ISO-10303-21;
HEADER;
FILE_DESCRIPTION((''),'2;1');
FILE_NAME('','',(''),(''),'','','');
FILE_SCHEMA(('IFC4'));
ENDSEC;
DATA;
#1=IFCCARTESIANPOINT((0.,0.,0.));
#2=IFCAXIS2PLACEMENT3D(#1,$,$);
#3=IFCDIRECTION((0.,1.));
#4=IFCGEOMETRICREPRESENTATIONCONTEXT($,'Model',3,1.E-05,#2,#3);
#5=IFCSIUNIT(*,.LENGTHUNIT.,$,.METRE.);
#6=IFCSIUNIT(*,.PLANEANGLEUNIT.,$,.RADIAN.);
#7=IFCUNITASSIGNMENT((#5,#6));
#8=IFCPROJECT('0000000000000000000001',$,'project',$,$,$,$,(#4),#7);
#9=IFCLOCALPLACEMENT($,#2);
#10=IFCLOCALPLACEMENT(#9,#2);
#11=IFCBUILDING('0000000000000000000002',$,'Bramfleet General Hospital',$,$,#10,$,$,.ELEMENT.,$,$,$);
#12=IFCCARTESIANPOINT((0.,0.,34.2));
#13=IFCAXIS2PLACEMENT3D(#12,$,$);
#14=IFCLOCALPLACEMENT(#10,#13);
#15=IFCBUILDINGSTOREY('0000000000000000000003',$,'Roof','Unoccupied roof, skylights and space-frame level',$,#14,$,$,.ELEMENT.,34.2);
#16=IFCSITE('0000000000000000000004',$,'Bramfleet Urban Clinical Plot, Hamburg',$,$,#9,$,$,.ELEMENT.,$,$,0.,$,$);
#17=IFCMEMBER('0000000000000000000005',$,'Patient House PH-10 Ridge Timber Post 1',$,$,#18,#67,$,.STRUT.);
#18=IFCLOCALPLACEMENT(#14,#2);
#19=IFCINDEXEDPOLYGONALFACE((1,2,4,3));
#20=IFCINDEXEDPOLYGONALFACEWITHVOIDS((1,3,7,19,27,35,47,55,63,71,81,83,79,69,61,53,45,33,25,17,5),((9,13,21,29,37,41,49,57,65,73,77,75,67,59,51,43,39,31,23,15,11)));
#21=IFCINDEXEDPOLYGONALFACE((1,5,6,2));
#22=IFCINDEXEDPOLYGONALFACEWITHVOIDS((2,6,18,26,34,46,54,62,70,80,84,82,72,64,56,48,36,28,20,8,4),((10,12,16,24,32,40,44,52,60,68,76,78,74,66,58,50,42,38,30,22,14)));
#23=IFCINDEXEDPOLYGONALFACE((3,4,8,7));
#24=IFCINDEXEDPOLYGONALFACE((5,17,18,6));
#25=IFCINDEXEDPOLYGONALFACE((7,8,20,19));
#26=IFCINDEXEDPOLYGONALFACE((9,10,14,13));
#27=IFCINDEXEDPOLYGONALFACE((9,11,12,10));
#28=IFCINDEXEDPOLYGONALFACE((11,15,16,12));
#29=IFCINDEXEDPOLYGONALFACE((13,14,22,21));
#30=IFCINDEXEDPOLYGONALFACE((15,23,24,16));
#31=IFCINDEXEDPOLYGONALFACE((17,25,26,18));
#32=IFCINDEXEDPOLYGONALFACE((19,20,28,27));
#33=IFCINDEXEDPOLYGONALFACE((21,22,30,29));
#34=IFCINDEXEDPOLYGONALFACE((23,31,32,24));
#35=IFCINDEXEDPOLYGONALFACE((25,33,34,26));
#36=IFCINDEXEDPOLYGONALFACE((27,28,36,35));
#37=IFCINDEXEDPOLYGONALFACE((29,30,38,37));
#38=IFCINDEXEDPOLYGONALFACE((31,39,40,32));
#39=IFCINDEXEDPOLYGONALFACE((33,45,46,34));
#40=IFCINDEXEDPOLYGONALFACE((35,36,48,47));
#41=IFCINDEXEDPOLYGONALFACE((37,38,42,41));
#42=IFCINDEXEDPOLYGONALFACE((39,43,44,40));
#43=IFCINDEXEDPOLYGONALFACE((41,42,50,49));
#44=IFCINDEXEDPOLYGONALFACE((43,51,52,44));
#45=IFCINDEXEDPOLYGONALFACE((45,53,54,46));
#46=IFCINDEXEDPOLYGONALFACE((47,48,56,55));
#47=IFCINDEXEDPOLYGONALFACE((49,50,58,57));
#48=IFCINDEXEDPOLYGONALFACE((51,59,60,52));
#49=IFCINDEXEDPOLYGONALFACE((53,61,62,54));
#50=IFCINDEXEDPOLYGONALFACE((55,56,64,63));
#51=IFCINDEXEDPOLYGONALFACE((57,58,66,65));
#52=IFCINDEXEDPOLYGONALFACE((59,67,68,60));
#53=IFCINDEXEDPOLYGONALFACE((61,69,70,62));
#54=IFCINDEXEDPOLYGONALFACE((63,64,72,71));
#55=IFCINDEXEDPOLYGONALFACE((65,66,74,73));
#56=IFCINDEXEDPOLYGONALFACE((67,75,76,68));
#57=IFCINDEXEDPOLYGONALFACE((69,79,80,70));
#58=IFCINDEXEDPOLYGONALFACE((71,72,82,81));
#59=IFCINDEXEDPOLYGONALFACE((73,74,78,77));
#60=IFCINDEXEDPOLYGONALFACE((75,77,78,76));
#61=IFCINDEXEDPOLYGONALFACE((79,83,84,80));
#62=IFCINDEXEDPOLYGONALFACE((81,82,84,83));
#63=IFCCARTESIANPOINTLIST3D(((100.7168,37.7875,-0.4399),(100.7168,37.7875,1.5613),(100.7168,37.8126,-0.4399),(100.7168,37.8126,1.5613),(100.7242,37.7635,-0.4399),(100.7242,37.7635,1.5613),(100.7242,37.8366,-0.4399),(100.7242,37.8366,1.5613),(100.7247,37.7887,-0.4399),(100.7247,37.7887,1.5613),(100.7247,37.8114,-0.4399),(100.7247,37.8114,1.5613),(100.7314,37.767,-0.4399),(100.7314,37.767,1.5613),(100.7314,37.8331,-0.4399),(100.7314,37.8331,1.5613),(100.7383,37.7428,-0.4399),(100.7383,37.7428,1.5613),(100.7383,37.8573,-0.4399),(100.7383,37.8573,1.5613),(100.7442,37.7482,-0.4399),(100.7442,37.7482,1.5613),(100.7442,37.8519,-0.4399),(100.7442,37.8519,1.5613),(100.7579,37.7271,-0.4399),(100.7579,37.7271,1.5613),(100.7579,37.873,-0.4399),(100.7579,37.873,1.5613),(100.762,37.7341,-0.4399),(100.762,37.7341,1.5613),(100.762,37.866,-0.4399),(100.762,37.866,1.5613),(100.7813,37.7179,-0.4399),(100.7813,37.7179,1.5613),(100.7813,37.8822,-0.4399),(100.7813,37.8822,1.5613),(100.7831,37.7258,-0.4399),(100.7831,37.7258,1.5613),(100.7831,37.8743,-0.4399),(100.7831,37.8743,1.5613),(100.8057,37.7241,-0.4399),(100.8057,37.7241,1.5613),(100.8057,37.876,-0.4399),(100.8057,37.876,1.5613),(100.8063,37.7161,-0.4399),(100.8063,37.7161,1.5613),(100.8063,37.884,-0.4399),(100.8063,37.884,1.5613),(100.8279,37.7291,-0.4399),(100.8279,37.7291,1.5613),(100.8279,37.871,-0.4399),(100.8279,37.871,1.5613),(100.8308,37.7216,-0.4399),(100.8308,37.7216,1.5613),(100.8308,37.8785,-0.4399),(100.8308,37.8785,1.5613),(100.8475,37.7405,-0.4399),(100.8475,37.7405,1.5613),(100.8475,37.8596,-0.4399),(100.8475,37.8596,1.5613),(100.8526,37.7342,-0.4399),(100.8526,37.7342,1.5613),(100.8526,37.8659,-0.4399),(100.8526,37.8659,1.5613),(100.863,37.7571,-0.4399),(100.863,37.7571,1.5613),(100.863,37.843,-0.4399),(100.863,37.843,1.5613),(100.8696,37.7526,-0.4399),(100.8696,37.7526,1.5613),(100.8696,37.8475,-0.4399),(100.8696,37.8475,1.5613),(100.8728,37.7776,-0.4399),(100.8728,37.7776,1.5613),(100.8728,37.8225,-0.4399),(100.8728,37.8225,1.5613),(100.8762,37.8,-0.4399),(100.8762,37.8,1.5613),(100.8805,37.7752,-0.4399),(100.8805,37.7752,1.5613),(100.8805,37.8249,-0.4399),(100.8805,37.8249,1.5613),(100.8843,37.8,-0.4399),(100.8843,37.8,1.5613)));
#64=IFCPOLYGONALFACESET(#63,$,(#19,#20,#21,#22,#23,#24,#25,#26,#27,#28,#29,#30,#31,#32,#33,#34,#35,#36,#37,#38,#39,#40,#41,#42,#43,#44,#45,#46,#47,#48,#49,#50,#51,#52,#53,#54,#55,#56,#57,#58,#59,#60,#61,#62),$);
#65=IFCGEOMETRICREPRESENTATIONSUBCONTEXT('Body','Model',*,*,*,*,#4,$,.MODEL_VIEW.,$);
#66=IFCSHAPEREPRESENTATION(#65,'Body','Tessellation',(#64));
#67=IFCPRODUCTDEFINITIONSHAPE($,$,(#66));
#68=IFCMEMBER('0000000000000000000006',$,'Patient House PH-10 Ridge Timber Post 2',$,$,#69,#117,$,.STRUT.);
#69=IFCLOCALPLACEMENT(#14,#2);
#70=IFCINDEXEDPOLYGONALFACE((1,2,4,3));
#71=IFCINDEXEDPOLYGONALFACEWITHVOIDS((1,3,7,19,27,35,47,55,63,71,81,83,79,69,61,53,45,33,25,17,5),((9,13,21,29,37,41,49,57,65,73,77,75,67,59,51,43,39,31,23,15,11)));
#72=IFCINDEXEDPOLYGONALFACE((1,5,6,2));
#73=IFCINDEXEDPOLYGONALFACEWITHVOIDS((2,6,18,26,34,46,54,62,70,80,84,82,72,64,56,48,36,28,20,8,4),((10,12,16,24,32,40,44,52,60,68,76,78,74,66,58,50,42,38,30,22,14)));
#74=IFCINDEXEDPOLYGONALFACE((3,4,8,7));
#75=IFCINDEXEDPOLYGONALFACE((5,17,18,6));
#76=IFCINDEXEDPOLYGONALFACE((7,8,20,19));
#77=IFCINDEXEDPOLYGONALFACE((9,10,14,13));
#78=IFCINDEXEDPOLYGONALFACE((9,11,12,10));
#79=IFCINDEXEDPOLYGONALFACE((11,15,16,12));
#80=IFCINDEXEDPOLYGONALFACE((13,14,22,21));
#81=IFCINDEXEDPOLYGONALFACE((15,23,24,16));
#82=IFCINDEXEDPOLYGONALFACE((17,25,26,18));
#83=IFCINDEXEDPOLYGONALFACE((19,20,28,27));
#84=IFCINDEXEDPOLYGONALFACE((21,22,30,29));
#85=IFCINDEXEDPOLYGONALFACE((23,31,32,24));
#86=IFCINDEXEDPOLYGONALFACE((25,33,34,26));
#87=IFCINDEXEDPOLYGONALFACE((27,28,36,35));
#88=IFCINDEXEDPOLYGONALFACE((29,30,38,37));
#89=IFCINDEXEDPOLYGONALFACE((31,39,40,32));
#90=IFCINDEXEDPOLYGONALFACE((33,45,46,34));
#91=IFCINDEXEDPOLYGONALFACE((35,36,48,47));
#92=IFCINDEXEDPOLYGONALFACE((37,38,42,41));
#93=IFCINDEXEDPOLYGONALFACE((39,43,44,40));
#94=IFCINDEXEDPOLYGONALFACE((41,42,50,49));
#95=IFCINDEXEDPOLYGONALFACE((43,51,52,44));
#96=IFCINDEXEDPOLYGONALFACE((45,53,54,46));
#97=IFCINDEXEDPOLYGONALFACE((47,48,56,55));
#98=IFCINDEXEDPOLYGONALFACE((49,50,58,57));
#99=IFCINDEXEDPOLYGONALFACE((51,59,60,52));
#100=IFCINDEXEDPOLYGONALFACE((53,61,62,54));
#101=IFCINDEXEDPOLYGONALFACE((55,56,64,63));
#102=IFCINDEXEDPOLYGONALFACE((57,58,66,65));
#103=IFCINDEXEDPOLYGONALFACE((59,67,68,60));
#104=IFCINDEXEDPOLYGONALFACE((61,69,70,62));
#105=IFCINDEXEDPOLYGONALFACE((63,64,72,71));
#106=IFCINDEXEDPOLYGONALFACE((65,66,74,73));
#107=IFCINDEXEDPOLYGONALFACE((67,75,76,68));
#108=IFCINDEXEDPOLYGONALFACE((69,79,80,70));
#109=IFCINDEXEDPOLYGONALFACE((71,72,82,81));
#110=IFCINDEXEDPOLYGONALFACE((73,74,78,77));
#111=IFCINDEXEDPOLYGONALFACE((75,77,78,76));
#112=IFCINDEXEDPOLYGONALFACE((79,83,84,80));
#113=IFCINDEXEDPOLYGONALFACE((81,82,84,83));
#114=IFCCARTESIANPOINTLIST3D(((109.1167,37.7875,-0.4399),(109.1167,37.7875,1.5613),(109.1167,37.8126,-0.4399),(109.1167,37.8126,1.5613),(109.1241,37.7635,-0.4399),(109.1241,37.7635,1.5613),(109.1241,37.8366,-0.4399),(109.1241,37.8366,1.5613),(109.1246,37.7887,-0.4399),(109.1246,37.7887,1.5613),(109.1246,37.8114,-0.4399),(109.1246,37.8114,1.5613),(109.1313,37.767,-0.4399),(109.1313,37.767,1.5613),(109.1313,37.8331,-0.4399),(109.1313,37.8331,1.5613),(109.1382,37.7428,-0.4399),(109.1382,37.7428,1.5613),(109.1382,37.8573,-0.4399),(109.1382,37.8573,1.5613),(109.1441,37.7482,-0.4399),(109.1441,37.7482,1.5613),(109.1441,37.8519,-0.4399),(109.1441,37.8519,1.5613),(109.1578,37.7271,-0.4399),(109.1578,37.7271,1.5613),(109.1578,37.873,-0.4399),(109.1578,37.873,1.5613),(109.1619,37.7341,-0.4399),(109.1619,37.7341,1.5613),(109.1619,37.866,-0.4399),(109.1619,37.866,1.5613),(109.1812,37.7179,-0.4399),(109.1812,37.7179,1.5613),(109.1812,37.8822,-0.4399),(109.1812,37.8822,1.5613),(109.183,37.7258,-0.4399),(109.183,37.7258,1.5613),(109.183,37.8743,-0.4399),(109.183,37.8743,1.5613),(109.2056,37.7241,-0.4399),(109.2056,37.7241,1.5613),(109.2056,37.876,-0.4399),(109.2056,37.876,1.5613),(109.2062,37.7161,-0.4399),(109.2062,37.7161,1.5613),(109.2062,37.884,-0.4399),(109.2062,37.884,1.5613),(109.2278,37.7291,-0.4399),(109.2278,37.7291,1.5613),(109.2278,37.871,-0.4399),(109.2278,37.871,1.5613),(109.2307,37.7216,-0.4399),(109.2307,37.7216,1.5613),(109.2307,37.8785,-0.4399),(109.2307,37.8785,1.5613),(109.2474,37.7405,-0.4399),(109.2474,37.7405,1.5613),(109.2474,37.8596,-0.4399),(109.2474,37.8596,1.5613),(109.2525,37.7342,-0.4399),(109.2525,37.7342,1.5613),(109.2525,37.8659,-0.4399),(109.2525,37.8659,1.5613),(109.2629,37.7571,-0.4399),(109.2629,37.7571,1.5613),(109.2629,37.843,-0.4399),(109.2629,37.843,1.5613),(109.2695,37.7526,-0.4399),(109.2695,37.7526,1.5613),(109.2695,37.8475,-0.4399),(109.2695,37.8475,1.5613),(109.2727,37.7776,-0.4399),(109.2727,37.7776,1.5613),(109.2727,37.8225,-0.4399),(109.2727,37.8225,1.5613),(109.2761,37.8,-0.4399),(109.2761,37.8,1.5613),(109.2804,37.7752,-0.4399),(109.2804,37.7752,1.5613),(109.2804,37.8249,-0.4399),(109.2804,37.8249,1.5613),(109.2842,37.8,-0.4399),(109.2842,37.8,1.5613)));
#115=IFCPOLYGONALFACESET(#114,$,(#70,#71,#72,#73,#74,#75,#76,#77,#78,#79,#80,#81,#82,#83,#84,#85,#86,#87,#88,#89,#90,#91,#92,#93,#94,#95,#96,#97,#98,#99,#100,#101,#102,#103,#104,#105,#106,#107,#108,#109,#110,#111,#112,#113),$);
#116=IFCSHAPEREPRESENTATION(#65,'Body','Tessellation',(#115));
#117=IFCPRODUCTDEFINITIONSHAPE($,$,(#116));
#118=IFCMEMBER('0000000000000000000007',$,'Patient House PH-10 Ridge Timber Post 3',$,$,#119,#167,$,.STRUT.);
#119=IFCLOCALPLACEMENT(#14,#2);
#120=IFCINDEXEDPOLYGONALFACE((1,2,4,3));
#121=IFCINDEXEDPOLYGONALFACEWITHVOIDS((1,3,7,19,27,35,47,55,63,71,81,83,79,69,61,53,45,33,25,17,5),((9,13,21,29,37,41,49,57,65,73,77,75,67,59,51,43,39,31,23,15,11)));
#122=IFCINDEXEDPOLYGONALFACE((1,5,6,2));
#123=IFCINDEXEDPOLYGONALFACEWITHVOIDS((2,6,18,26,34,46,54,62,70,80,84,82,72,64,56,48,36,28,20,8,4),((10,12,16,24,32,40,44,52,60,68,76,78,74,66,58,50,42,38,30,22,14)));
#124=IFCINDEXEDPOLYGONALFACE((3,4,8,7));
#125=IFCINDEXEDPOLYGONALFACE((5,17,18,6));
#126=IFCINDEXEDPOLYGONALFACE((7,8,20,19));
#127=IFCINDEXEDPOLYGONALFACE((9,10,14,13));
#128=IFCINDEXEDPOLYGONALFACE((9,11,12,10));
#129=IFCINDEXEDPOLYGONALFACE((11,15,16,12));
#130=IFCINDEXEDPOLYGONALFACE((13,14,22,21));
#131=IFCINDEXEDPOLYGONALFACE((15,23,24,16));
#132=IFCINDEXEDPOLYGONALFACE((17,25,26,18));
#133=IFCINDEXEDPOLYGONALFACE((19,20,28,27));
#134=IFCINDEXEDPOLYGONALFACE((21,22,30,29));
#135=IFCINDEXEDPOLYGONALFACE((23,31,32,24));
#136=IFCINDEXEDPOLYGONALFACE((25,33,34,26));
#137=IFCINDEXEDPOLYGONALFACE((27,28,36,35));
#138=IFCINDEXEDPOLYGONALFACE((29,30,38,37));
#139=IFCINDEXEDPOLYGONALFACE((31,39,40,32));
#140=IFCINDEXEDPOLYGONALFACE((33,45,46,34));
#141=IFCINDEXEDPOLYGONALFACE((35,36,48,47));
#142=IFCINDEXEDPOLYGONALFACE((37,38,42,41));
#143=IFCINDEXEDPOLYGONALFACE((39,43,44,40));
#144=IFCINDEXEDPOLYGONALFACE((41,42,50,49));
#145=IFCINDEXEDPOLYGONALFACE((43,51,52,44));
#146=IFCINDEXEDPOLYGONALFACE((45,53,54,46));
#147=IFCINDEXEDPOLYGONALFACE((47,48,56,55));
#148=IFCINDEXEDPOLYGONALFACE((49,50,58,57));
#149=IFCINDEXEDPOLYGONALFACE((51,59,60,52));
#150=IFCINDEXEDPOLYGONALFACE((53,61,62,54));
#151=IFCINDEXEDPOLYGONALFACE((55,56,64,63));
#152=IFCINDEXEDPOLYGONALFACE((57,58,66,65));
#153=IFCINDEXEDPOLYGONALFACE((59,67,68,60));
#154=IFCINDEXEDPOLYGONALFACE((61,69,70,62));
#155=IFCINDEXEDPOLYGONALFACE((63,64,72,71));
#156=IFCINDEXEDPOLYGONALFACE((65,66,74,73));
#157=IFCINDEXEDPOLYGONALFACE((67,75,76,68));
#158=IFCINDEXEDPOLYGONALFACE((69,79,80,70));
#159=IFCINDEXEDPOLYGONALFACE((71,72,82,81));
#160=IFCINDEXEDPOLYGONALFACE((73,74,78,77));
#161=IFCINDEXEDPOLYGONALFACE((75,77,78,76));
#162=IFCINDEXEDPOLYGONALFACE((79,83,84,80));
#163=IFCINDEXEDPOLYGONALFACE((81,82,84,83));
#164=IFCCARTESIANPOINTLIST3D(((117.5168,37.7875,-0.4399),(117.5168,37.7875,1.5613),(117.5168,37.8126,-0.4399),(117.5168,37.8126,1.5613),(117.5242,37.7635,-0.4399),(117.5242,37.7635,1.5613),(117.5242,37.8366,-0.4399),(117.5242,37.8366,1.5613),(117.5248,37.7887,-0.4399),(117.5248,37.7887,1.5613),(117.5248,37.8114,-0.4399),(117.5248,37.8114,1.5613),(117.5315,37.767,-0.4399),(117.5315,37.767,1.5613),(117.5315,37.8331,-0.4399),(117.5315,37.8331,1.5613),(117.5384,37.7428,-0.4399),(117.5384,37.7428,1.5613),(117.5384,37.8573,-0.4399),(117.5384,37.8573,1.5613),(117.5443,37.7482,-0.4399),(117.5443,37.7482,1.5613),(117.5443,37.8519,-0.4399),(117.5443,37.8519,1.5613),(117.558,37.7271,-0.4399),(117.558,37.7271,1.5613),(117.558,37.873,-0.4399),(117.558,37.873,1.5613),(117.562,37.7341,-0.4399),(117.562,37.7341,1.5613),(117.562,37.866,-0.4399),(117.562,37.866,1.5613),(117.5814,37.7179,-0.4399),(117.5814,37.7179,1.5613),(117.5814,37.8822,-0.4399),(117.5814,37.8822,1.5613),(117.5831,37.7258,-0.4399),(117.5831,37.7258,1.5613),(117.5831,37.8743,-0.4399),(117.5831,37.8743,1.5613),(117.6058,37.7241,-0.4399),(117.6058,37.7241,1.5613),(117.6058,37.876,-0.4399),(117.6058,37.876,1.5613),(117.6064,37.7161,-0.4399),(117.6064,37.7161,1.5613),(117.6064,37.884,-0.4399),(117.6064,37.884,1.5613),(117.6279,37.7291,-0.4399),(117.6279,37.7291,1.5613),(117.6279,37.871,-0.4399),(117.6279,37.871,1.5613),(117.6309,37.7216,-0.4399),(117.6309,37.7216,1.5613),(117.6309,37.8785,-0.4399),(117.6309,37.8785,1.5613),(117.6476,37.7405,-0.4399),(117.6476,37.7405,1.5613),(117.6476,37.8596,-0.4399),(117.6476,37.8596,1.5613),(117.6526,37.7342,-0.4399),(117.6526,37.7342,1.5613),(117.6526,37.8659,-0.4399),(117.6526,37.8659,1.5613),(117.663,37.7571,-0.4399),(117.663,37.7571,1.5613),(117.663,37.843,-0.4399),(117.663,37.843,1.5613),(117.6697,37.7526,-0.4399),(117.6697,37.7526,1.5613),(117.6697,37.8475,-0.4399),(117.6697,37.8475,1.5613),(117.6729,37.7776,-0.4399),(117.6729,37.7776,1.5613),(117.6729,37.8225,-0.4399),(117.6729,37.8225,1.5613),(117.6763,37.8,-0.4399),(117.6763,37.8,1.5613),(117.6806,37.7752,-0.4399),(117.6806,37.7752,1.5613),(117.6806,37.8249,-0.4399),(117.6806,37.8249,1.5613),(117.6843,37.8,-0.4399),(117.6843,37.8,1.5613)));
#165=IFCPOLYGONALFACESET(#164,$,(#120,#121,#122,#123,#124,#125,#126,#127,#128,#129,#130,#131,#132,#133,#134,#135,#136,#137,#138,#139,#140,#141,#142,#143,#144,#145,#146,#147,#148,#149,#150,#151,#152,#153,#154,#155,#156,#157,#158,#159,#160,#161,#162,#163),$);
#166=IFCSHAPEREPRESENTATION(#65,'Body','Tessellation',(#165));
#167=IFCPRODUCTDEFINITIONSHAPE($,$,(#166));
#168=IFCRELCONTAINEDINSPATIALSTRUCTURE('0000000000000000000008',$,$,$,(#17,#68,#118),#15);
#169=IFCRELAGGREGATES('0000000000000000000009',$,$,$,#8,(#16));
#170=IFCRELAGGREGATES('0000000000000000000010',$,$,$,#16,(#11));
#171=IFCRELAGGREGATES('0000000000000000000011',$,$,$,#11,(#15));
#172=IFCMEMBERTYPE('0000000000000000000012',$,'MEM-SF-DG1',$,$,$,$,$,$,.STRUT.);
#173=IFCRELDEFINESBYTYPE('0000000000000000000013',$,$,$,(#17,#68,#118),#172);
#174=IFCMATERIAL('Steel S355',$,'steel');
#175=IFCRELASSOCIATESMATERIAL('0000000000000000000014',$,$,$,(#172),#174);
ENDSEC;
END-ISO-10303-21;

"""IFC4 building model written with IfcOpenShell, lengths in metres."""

from ifc_helpers import new_model, si_unit, direction, frame, origin, origin_2d, place, context, subcontext, project, spatial, hollow_circle, extrude, material, material_profile, profile_set, type_object, element, save


model = new_model("IFC4")

# Units and contexts
model_context = context("Model", 3, precision=1e-05, world=origin(), true_north=direction((0.0, 1.0)))
body_context = subcontext(model_context, "Body", "Model", "MODEL_VIEW")
ifc_project = project(units=[si_unit("LENGTHUNIT", "METRE"), si_unit("PLANEANGLEUNIT", "RADIAN")], contexts=[model_context])

# Site, building, storey
site_placement = place(None, origin())
site = spatial("IfcSite", under=ifc_project, at=site_placement, Name="Bramfleet Urban Clinical Plot, Hamburg", CompositionType="ELEMENT", RefElevation=0.0)
building_placement = place(site_placement, origin())
building = spatial("IfcBuilding", under=site, at=building_placement, Name="Bramfleet General Hospital", CompositionType="ELEMENT")
storey_placement = place(building_placement, frame((0.0, 0.0, 34.2)))
storey = spatial("IfcBuildingStorey", under=building, at=storey_placement, Name="Roof", Description="Unoccupied roof, skylights and space-frame level", CompositionType="ELEMENT", Elevation=34.2)

# Members
ifc_material_1 = material(Name="Steel S355", Category="steel")
ifc_material_profile_1 = material_profile(ifc_material_1, hollow_circle(Radius=0.0842, WallThickness=0.0081, at=origin_2d()), Name="CHS 168.3x8.0")
ifc_profile_set_1 = profile_set([ifc_material_profile_1], Name="Steel S355")
member_type_1 = type_object("IfcMemberType", Name="MEM-SF-DG1", PredefinedType="STRUT", material=ifc_profile_set_1)
for number, where, z_axis, x_axis, name in (
    (1, (100.8, 37.8, -0.4399), (0.0, 0.0, 1.0), (1.0, 0.0, 0.0), "Patient House PH-10 Ridge Timber Post 1"),
    (2, (109.2, 37.8, -0.4399), (0.0, 0.0, 1.0), (1.0, 0.0, 0.0), "Patient House PH-10 Ridge Timber Post 2"),
    (3, (117.6001, 37.8, -0.4399), (0.0, 0.0, 1.0), (1.0, 0.0, 0.0), "Patient House PH-10 Ridge Timber Post 3"),
):
    element("IfcMember", number, at=place(storey_placement, frame(where, z_axis=z_axis, x_axis=x_axis)), inside=storey, type_object=member_type_1, Name=name, PredefinedType="STRUT", context=body_context, shape_type="SweptSolid", body=[
        extrude(hollow_circle(Radius=0.0842, WallThickness=0.0081, at=origin_2d()), origin(), (0.0, 0.0, 1.0), 2.0012),
    ])

save(model, "model.ifc")
